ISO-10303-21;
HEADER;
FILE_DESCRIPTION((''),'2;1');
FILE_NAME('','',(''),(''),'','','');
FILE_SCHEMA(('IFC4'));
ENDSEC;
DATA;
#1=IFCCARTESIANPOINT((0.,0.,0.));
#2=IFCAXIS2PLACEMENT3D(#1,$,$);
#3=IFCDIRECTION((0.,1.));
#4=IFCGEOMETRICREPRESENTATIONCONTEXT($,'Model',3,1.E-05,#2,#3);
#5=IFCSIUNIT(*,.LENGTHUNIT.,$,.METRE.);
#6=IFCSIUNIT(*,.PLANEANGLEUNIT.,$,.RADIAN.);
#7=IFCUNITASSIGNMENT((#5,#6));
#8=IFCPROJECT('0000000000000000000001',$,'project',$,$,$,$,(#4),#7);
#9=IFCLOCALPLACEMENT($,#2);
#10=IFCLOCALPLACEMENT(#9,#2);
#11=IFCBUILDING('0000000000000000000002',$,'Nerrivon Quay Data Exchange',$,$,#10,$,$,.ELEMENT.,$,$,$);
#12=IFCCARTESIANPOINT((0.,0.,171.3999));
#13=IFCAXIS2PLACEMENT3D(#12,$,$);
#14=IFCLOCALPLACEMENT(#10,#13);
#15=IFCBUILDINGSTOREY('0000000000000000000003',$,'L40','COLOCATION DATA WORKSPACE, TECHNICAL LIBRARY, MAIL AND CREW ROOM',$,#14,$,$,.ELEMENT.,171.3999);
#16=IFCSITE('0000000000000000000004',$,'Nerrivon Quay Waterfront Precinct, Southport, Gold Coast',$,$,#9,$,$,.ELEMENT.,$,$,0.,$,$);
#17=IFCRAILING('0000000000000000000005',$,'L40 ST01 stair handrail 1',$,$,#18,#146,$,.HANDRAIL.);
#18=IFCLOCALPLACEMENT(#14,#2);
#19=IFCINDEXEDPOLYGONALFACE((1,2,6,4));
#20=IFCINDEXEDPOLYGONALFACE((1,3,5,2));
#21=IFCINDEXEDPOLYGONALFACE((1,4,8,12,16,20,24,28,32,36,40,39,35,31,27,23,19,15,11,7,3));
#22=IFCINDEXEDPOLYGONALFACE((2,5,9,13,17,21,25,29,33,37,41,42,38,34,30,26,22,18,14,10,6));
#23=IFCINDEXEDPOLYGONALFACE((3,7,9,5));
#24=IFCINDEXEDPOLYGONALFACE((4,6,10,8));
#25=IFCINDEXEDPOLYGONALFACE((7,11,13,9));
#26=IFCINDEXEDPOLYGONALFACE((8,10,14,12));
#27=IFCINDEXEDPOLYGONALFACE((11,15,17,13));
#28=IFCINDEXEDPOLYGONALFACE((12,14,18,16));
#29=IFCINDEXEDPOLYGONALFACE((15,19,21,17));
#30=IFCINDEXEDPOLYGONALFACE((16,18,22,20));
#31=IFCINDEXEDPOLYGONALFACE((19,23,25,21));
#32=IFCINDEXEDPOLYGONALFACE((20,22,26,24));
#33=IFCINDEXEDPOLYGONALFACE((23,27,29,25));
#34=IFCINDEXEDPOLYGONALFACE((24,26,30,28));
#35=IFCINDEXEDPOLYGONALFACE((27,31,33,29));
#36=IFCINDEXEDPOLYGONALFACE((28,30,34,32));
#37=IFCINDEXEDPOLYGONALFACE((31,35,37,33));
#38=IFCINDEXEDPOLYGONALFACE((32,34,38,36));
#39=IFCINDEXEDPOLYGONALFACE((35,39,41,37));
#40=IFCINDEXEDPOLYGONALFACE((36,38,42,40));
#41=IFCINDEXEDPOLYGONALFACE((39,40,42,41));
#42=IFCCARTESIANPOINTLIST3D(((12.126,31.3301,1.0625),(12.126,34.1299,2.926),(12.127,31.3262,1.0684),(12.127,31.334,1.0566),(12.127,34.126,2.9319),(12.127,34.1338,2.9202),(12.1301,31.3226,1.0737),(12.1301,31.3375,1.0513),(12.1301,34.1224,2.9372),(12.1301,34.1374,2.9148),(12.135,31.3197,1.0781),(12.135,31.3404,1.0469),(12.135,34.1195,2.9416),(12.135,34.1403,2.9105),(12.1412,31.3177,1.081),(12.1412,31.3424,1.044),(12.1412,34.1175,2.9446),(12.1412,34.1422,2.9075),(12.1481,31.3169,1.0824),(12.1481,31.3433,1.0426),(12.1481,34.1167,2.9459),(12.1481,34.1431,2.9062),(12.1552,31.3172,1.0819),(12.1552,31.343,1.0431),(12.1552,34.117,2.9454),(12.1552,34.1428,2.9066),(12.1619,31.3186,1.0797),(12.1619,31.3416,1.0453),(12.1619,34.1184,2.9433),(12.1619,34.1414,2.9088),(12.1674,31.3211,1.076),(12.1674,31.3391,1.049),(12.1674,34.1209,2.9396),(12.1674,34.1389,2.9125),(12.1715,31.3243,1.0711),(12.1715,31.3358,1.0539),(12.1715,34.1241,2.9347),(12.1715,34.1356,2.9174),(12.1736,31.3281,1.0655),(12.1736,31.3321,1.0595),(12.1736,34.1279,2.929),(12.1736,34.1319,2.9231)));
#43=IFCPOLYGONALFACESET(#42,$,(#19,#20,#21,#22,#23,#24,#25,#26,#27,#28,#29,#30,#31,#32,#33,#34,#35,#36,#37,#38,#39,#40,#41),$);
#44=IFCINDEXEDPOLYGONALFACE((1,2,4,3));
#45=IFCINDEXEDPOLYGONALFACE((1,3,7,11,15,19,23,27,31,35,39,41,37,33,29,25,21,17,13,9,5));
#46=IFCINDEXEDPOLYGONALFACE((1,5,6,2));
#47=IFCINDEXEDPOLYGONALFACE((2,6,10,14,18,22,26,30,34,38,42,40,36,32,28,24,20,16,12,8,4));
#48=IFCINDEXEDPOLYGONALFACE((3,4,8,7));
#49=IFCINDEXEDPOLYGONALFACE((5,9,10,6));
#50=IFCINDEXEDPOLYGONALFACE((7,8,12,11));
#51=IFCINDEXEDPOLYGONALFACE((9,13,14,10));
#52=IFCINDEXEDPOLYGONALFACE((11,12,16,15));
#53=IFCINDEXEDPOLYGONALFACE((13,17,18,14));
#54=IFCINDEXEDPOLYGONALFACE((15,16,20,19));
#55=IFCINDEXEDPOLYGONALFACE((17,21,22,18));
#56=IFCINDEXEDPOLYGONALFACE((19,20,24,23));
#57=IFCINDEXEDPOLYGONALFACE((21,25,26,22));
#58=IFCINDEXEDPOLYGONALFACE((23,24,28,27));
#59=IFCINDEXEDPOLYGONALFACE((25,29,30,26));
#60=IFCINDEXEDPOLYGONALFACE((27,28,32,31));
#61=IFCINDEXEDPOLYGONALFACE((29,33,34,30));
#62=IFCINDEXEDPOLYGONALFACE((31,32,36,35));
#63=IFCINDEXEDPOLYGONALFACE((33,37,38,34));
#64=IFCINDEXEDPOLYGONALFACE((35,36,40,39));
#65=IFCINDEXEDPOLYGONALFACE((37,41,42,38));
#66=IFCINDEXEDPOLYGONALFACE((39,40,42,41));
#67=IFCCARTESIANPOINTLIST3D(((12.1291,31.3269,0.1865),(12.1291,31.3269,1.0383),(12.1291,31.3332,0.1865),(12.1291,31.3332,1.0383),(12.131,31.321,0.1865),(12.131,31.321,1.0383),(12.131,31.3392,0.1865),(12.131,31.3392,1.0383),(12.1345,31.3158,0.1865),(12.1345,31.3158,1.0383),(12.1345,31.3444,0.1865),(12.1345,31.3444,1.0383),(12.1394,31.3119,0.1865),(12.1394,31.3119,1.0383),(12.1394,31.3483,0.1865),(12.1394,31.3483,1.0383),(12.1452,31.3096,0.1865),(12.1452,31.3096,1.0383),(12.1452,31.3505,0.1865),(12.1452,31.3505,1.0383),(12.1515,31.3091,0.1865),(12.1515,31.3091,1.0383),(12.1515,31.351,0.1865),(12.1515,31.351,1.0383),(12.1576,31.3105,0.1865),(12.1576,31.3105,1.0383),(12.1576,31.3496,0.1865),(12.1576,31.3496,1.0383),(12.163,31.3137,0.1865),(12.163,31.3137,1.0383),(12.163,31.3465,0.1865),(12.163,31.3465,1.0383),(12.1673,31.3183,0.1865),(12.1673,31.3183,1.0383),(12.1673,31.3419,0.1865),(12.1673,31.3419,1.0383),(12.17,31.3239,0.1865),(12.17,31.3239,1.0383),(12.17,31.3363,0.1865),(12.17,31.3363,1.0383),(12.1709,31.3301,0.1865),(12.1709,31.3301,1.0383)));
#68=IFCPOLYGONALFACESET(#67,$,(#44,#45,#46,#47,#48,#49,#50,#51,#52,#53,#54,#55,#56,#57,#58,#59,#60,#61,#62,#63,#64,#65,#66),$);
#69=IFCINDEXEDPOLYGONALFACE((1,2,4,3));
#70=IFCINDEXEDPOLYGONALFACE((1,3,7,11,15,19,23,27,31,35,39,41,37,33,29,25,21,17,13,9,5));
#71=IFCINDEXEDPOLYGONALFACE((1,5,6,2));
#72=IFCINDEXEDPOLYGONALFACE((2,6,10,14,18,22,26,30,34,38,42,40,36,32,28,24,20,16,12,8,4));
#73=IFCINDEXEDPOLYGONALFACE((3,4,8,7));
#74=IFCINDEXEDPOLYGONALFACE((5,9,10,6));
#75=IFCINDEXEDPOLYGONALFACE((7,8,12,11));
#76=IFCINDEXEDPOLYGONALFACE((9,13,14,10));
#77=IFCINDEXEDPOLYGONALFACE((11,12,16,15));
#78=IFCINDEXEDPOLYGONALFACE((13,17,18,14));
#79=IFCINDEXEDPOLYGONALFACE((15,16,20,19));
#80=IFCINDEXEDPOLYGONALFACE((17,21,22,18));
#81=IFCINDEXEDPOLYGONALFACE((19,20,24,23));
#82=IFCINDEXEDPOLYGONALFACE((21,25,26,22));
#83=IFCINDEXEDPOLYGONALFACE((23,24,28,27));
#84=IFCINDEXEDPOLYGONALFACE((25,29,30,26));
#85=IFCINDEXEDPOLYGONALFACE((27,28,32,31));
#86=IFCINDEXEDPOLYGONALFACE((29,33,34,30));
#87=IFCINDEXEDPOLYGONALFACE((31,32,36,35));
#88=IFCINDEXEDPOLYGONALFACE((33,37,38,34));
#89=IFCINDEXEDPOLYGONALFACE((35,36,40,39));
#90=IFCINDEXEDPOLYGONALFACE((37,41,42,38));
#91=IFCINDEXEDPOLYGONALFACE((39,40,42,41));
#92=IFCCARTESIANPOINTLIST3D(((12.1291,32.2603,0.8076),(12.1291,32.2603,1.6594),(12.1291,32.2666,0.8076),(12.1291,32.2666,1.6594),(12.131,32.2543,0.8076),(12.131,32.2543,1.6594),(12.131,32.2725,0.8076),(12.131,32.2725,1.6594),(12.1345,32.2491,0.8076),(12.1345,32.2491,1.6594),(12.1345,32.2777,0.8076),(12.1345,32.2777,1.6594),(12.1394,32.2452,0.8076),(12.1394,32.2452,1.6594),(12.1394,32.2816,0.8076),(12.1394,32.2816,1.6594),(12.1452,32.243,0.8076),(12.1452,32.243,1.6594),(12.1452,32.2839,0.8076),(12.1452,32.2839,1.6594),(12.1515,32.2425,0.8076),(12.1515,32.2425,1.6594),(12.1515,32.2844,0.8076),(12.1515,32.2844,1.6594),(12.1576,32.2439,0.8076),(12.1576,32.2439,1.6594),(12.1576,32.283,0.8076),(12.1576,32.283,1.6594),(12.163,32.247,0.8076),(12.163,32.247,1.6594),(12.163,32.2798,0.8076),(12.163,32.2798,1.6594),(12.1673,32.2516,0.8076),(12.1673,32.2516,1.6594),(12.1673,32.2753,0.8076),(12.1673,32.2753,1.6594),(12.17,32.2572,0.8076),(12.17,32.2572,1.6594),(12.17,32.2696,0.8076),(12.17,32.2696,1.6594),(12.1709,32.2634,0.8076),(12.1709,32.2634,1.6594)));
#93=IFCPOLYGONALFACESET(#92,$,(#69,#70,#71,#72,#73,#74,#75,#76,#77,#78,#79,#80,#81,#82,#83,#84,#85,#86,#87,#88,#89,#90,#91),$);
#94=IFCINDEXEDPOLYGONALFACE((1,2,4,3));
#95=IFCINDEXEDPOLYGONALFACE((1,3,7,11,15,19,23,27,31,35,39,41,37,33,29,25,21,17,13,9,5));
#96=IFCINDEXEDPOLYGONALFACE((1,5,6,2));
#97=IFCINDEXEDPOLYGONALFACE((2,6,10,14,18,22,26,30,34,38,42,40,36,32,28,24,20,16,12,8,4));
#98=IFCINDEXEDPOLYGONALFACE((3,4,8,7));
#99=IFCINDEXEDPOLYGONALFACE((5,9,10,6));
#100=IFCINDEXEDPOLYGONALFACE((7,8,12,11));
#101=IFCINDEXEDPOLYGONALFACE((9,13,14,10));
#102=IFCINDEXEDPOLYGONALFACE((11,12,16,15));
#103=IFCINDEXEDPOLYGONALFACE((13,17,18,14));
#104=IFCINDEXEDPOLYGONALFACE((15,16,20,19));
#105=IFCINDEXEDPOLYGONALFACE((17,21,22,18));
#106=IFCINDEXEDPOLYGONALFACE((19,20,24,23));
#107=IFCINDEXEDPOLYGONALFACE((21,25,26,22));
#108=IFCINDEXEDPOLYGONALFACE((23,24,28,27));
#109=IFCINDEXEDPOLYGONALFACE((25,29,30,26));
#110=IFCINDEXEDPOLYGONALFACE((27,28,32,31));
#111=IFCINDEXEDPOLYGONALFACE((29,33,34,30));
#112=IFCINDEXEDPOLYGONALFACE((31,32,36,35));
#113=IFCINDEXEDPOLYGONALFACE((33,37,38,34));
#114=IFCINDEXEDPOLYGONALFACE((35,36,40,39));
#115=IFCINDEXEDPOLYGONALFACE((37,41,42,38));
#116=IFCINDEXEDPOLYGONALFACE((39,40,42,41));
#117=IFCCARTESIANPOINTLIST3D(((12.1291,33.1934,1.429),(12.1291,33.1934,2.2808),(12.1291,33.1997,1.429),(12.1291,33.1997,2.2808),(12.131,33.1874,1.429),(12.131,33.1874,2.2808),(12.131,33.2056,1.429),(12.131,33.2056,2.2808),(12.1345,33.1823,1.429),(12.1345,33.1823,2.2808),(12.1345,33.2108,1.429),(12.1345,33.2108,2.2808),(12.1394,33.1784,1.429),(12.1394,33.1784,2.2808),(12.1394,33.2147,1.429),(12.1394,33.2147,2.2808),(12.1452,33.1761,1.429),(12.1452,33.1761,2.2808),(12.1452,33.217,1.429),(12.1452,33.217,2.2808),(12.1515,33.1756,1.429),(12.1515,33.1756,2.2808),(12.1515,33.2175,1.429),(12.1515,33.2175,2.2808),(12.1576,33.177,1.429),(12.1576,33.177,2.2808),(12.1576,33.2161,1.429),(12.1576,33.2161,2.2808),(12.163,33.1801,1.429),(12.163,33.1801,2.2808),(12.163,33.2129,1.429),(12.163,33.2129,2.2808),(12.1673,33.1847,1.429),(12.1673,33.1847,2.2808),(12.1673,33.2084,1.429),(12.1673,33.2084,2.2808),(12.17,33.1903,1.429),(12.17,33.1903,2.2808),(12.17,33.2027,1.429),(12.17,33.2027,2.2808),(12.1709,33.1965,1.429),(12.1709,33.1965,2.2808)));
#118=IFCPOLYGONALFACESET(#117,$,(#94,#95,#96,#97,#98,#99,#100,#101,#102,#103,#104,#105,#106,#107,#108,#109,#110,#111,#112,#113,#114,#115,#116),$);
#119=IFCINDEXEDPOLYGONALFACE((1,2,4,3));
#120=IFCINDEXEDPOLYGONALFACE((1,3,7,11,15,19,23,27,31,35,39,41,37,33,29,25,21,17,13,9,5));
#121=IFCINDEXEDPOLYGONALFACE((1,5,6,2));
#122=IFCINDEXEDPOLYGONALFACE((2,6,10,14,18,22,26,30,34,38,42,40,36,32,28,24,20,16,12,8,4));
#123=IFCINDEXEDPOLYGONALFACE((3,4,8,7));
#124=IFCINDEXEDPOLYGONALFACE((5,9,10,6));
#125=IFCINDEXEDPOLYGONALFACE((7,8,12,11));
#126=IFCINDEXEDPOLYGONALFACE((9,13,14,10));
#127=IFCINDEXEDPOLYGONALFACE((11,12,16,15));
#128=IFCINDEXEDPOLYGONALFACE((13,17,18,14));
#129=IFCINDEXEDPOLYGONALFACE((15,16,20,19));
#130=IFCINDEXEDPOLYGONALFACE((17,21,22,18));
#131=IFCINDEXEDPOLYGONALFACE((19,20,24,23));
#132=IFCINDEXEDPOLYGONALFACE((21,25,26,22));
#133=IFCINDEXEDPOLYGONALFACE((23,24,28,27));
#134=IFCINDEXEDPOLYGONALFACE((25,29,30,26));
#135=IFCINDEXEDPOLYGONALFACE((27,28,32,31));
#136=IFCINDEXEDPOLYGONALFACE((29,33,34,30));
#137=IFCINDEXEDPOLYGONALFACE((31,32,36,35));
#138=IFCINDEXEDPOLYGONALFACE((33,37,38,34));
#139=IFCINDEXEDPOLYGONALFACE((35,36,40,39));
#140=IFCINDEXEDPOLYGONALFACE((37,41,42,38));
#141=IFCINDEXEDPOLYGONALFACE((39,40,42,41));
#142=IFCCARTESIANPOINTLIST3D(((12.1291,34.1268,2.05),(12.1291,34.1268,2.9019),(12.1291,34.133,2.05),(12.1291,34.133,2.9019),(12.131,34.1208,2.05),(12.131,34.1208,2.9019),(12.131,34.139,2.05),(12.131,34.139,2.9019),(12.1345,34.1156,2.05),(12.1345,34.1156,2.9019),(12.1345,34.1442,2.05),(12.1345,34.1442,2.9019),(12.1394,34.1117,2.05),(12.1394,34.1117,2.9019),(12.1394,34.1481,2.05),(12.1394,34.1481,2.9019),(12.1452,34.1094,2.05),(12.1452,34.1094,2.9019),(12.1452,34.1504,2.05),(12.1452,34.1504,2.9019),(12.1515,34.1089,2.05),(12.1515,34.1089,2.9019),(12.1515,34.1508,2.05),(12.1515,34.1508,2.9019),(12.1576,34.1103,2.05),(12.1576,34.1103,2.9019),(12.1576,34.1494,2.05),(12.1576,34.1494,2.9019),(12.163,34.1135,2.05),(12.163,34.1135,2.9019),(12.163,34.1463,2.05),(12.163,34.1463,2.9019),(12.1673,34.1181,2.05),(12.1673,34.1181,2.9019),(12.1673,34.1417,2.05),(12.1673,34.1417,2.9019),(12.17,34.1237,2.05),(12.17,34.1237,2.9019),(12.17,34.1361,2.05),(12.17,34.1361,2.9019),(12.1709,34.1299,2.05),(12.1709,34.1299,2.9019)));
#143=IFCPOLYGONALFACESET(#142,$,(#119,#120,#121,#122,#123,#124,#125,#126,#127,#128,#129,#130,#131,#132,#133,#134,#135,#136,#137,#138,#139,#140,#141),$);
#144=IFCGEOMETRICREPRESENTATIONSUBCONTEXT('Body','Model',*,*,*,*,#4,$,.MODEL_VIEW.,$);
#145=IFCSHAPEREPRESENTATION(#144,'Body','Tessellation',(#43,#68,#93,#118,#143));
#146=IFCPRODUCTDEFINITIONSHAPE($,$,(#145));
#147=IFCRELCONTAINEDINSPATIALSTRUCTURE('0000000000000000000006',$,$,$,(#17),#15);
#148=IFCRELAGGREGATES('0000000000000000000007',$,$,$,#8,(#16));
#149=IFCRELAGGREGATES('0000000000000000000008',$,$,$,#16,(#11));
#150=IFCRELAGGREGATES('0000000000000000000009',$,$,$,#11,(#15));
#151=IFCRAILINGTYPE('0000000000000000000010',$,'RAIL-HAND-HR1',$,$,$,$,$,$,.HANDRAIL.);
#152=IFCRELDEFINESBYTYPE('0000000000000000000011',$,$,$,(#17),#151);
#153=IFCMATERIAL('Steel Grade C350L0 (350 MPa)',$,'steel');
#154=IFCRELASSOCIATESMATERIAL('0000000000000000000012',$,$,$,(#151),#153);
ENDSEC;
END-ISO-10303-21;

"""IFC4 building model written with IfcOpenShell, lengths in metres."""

from ifc_helpers import new_model, si_unit, direction, frame, origin, origin_2d, place, context, subcontext, project, spatial, circle, extrude, material, type_object, element, save


model = new_model("IFC4")

# Units and contexts
model_context = context("Model", 3, precision=1e-05, world=origin(), true_north=direction((0.0, 1.0)))
body_context = subcontext(model_context, "Body", "Model", "MODEL_VIEW")
ifc_project = project(units=[si_unit("LENGTHUNIT", "METRE"), si_unit("PLANEANGLEUNIT", "RADIAN")], contexts=[model_context])

# Site, building, storey
site_placement = place(None, origin())
site = spatial("IfcSite", under=ifc_project, at=site_placement, Name="Nerrivon Quay Waterfront Precinct, Southport, Gold Coast", CompositionType="ELEMENT", RefElevation=0.0)
building_placement = place(site_placement, origin())
building = spatial("IfcBuilding", under=site, at=building_placement, Name="Nerrivon Quay Data Exchange", CompositionType="ELEMENT")
storey_placement = place(building_placement, frame((0.0, 0.0, 171.3999)))
storey = spatial("IfcBuildingStorey", under=building, at=storey_placement, Name="L40", Description="COLOCATION DATA WORKSPACE, TECHNICAL LIBRARY, MAIL AND CREW ROOM", CompositionType="ELEMENT", Elevation=171.3999)

# Railing
ifc_material_1 = material(Name="Steel Grade C350L0 (350 MPa)", Category="steel")
railing_type_1 = type_object("IfcRailingType", Name="RAIL-HAND-HR1", PredefinedType="HANDRAIL", material=ifc_material_1)
railing_1_placement = place(storey_placement, frame((12.1499, 31.3301, 0.1865)))
element("IfcRailing", 1, at=railing_1_placement, inside=storey, type_object=railing_type_1, Name="L40 ST01 stair handrail 1", PredefinedType="HANDRAIL", context=body_context, shape_type="SweptSolid", body=[
    extrude(circle(Radius=0.0239, at=origin_2d()), frame((0.0, 0.0, 0.876), z_axis=(0.0, 0.832463, 0.55408), x_axis=(-1.0, 0.0, 0.0)), (0.0, 0.0, 1.0), 3.3633),
    extrude(circle(Radius=0.021, at=origin_2d()), origin(), (0.0, 0.0, 1.0), 0.8518),
    extrude(circle(Radius=0.021, at=origin_2d()), frame((0.0, 0.9333, 0.6211)), (0.0, 0.0, 1.0), 0.8518),
    extrude(circle(Radius=0.021, at=origin_2d()), frame((0.0, 1.8665, 1.2424)), (0.0, 0.0, 1.0), 0.8518),
    extrude(circle(Radius=0.021, at=origin_2d()), frame((0.0, 2.7998, 1.8635)), (0.0, 0.0, 1.0), 0.8518),
])

save(model, "model.ifc")
